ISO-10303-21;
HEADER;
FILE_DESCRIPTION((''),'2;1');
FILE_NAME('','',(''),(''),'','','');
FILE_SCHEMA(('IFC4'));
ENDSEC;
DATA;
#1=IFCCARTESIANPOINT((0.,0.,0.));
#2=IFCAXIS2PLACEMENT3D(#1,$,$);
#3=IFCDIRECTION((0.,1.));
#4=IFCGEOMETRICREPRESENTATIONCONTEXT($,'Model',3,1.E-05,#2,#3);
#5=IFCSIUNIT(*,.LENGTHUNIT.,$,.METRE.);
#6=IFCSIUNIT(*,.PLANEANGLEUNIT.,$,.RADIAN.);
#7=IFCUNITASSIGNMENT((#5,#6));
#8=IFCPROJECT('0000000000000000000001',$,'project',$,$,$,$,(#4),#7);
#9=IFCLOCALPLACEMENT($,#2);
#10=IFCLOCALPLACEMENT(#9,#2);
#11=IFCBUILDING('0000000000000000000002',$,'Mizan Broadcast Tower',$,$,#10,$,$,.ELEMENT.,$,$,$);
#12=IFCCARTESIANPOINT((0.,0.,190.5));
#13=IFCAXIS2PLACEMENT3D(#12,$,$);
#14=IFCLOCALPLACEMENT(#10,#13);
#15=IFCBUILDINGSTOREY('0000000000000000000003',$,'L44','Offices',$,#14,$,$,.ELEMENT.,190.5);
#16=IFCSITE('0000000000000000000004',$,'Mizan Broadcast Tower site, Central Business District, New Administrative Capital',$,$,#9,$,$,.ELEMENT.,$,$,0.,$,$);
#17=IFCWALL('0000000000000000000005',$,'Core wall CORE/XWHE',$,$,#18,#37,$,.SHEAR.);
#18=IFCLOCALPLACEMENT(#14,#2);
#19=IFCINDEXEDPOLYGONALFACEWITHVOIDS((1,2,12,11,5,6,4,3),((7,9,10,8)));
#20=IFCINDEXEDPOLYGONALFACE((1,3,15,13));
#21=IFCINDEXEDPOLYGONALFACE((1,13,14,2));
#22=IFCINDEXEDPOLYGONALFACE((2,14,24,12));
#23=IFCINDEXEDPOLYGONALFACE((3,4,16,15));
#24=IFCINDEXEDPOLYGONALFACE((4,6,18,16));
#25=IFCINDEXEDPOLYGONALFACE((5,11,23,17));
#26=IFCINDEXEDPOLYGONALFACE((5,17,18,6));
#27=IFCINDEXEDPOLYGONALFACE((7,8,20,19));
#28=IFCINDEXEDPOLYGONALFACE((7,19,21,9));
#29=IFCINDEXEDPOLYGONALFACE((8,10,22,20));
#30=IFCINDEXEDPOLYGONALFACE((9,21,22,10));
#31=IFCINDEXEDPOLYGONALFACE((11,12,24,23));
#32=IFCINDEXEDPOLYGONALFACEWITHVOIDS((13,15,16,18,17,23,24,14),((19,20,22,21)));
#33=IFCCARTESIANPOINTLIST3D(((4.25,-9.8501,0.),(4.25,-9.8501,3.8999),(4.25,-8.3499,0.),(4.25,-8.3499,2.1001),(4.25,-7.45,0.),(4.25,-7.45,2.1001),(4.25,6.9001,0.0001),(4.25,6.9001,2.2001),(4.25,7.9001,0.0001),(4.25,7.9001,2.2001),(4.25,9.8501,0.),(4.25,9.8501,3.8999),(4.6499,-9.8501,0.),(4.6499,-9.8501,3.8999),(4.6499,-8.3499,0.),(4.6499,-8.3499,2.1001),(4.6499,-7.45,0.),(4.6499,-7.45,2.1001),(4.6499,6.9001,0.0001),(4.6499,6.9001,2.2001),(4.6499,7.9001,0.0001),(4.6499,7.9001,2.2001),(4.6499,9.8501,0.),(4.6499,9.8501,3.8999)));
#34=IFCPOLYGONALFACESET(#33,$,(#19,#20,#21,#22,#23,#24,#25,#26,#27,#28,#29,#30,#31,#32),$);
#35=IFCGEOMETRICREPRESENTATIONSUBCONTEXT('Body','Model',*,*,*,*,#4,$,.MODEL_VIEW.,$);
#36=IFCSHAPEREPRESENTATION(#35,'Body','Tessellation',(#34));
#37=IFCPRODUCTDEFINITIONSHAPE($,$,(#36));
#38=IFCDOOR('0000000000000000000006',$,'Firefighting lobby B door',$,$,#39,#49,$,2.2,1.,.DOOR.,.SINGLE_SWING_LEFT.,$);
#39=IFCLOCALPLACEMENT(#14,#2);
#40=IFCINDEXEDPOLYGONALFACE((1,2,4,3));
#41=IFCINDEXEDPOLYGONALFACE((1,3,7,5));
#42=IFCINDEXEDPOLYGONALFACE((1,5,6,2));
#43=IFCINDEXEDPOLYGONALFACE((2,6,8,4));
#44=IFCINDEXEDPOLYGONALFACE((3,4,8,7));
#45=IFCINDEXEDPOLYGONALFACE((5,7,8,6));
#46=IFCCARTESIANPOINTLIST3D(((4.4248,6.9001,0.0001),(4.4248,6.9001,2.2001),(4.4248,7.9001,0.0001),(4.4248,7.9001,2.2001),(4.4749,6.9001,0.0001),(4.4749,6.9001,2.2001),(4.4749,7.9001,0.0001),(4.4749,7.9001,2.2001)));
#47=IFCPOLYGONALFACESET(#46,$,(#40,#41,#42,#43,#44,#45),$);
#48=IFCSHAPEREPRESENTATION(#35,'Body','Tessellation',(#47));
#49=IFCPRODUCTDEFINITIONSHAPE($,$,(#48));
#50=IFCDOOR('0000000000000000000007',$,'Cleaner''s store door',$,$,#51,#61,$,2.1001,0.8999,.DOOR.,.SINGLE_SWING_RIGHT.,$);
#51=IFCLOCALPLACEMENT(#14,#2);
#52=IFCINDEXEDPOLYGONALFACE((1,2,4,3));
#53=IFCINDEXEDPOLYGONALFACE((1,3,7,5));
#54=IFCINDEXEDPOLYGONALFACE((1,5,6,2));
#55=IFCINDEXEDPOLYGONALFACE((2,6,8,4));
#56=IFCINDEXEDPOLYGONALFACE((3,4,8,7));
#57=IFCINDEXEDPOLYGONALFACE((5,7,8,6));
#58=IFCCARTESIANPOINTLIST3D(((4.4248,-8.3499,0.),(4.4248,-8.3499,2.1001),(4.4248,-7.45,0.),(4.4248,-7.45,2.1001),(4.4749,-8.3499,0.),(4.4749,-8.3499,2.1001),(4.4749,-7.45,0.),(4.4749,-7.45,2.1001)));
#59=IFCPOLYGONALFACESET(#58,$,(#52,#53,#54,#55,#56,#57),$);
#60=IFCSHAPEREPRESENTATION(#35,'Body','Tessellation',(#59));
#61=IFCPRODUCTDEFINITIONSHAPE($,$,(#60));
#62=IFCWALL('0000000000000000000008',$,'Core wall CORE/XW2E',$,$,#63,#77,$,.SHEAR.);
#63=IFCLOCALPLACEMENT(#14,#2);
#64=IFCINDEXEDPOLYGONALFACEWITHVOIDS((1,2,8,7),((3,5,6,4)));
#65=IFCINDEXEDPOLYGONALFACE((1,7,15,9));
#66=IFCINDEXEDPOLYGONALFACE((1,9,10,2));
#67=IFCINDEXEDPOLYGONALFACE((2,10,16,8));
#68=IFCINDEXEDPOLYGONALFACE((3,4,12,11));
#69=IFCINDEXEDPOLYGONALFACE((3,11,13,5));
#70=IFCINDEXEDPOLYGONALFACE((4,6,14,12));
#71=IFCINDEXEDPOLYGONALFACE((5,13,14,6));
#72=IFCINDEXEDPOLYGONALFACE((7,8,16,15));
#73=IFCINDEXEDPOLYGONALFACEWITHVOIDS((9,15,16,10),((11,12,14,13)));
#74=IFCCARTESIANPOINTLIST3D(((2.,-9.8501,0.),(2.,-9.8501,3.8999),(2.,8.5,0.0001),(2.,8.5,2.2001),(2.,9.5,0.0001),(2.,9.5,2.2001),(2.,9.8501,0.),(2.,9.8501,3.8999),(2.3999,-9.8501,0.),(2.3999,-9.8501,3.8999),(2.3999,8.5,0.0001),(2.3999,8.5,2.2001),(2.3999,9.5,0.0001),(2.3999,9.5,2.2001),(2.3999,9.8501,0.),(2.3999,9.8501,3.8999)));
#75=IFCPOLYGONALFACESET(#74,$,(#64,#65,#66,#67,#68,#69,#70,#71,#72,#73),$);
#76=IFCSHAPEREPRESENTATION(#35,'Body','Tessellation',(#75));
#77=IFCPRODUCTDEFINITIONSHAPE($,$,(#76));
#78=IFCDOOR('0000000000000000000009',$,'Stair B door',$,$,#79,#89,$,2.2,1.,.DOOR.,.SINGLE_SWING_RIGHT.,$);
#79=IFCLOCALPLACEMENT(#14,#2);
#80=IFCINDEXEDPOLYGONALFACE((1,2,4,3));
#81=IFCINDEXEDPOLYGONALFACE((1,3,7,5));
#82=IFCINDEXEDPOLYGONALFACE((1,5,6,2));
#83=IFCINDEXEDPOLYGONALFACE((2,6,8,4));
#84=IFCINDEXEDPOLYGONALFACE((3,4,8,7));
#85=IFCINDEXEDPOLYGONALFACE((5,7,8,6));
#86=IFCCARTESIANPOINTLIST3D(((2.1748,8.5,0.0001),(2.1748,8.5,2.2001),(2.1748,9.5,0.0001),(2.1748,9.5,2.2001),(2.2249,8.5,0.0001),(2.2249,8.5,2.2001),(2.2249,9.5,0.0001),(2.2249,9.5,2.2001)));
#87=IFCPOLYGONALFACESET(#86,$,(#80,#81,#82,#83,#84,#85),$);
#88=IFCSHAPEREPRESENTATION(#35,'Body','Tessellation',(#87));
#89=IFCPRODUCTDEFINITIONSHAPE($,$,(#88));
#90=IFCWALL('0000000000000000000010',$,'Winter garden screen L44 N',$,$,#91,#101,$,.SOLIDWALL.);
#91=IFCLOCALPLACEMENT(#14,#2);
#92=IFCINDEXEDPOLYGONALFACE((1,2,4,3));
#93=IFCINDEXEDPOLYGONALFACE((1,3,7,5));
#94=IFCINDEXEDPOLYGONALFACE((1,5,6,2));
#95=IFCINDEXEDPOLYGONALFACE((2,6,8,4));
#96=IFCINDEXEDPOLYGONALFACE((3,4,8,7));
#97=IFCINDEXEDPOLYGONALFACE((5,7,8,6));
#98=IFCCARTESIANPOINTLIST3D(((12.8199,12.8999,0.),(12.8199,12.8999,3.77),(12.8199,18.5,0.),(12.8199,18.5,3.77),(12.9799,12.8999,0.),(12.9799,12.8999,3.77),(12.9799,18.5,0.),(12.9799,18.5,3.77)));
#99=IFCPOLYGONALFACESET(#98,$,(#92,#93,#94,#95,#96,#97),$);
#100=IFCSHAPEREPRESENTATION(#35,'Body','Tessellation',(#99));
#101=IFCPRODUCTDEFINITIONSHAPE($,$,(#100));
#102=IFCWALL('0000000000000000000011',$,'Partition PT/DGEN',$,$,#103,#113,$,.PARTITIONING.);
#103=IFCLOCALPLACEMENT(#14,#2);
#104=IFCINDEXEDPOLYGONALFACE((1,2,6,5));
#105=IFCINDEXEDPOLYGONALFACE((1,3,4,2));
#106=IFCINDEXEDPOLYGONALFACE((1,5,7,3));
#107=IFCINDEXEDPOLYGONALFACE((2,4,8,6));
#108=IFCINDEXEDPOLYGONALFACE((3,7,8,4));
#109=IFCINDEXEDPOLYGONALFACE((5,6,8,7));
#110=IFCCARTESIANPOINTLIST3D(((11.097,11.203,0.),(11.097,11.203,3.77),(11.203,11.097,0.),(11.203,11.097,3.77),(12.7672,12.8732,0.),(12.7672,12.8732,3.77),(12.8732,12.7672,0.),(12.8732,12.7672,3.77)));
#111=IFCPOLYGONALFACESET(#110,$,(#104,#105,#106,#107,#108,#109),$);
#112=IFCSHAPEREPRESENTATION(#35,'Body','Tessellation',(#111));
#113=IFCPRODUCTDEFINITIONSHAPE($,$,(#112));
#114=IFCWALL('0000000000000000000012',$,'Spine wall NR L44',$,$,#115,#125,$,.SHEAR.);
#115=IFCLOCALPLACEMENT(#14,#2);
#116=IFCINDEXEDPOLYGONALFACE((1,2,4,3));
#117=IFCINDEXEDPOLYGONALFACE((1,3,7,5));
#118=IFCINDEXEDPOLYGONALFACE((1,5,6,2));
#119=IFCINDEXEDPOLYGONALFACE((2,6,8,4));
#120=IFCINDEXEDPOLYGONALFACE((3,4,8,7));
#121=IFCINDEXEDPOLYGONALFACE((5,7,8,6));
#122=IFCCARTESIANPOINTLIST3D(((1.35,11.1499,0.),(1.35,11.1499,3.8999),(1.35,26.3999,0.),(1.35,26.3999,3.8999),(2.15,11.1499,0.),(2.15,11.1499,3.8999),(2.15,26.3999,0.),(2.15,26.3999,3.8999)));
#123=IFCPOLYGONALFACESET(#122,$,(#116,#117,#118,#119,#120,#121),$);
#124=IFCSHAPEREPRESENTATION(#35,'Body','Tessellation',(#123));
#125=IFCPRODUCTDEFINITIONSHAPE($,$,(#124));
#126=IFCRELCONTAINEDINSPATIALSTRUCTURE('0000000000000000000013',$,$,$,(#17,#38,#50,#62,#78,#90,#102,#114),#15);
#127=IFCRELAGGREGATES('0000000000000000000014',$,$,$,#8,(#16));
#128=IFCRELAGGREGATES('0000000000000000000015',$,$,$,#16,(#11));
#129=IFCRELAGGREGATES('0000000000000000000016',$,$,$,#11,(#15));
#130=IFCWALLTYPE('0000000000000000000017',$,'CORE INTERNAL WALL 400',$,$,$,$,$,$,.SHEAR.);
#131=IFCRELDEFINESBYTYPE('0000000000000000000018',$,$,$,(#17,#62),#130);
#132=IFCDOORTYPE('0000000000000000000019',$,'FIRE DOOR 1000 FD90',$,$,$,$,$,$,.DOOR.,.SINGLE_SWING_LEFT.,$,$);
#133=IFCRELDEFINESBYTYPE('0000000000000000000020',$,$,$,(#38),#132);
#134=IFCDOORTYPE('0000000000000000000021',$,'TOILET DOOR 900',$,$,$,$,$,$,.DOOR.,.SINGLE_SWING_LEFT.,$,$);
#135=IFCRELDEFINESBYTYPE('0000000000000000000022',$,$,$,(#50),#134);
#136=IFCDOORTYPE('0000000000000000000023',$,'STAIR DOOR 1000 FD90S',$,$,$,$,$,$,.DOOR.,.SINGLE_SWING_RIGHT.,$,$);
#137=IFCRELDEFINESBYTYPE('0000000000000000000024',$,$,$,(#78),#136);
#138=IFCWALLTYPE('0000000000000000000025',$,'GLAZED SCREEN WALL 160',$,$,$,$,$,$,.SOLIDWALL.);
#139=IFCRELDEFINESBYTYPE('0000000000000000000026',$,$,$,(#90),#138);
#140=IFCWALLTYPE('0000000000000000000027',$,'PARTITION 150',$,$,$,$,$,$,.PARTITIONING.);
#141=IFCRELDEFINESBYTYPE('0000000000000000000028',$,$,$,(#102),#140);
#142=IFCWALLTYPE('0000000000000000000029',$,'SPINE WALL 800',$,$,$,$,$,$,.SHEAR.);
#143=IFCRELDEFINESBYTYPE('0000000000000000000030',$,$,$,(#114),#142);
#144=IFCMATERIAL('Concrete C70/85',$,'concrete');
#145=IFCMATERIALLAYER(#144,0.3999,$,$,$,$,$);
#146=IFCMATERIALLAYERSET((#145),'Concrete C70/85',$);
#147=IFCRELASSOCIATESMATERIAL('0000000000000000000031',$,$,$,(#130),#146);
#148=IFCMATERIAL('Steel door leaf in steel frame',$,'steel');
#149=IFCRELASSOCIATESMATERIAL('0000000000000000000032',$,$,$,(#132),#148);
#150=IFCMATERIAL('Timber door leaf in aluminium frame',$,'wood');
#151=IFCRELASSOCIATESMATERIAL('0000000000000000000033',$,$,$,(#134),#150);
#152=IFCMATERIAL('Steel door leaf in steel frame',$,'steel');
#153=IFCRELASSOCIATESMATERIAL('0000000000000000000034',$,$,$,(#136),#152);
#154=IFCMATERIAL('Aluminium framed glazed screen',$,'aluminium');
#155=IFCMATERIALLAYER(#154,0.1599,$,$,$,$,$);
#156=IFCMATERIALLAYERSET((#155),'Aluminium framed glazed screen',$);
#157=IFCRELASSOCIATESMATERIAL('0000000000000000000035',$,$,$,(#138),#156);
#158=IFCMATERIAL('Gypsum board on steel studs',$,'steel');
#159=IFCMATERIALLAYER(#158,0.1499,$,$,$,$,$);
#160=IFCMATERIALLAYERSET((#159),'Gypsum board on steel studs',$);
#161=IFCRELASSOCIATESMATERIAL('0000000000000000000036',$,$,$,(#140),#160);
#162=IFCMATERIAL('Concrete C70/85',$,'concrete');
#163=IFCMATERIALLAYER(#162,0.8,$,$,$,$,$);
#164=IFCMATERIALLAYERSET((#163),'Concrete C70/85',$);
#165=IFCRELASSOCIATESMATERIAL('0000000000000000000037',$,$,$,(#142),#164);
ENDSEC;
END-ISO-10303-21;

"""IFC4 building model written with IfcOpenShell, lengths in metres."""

from ifc_helpers import new_model, si_unit, direction, frame, frame_2d, origin, place, context, subcontext, project, spatial, rectangle, extrude, material, layer, layer_set, type_object, element, fill, save


model = new_model("IFC4")

# Units and contexts
model_context = context("Model", 3, precision=1e-05, world=origin(), true_north=direction((0.0, 1.0)))
body_context = subcontext(model_context, "Body", "Model", "MODEL_VIEW")
ifc_project = project(units=[si_unit("LENGTHUNIT", "METRE"), si_unit("PLANEANGLEUNIT", "RADIAN")], contexts=[model_context])

# Site, building, storey
site_placement = place(None, origin())
site = spatial("IfcSite", under=ifc_project, at=site_placement, Name="Mizan Broadcast Tower site, Central Business District, New Administrative Capital", CompositionType="ELEMENT", RefElevation=0.0)
building_placement = place(site_placement, origin())
building = spatial("IfcBuilding", under=site, at=building_placement, Name="Mizan Broadcast Tower", CompositionType="ELEMENT")
storey_placement = place(building_placement, frame((0.0, 0.0, 190.5)))
storey = spatial("IfcBuildingStorey", under=building, at=storey_placement, Name="L44", Description="Offices", CompositionType="ELEMENT", Elevation=190.5)

# Wall, openings, doors
ifc_material_1 = material(Name="Concrete C70/85", Category="concrete")
ifc_layer_1 = layer(ifc_material_1, 0.3999)
ifc_layer_set_1 = layer_set([ifc_layer_1], Name="Concrete C70/85")
wall_type_1 = type_object("IfcWallType", Name="CORE INTERNAL WALL 400", PredefinedType="SHEAR", material=ifc_layer_set_1)
ifc_material_2 = material(Name="Steel door leaf in steel frame", Category="steel")
door_type_1 = type_object("IfcDoorType", Name="FIRE DOOR 1000 FD90", OperationType="SINGLE_SWING_LEFT", PredefinedType="DOOR", material=ifc_material_2)
ifc_material_3 = material(Name="Timber door leaf in aluminium frame", Category="wood")
door_type_2 = type_object("IfcDoorType", Name="TOILET DOOR 900", OperationType="SINGLE_SWING_LEFT", PredefinedType="DOOR", material=ifc_material_3)
wall_1_placement = place(storey_placement, frame((4.45, 9.8501, 0.0), z_axis=(0.0, 0.0, 1.0), x_axis=(0.0, -1.0, 0.0)))
wall_1 = element("IfcWall", 1, at=wall_1_placement, inside=storey, type_object=wall_type_1, Name="Core wall CORE/XWHE", PredefinedType="SHEAR", context=body_context, shape_type="SweptSolid", body=[
    extrude(rectangle(XDim=19.7002, YDim=0.3999, at=frame_2d((9.8501, 0.0))), origin(), (0.0, 0.0, 1.0), 3.8999),
])
opening_1_placement = place(wall_1_placement, frame((1.95, 0.0, 0.0)))
opening_1 = element("IfcOpeningElement", 2, at=opening_1_placement, cuts=wall_1, PredefinedType="OPENING", context=body_context, shape_type="SweptSolid", body=[
    extrude(rectangle(XDim=1.0, YDim=2.2, at=frame_2d((0.5, 1.1001))), frame((0.0, 0.21, 0.0), z_axis=(0.0, -1.0, 0.0), x_axis=(1.0, 0.0, 0.0)), (0.0, 0.0, 1.0), 0.4199),
])
opening_2_placement = place(wall_1_placement, frame((17.3, 0.0, 0.0)))
opening_2 = element("IfcOpeningElement", 3, at=opening_2_placement, cuts=wall_1, PredefinedType="OPENING", context=body_context, shape_type="SweptSolid", body=[
    extrude(rectangle(XDim=0.8999, YDim=2.1001, at=frame_2d((0.45, 1.05))), frame((0.0, 0.21, 0.0), z_axis=(0.0, -1.0, 0.0), x_axis=(1.0, 0.0, 0.0)), (0.0, 0.0, 1.0), 0.4199),
])
door_1_placement = place(opening_1_placement, origin())
door_1 = element("IfcDoor", 4, at=door_1_placement, inside=storey, type_object=door_type_1, Name="Firefighting lobby B door", OperationType="SINGLE_SWING_LEFT", OverallHeight=2.2, OverallWidth=1.0, PredefinedType="DOOR", context=body_context, shape_type="SweptSolid", body=[
    extrude(rectangle(XDim=1.0, YDim=2.2, at=frame_2d((0.5, 1.1001))), frame((0.0, 0.0249, 0.0), z_axis=(0.0, -1.0, 0.0), x_axis=(1.0, 0.0, 0.0)), (0.0, 0.0, 1.0), 0.05),
])
fill(opening_1, door_1)
door_2_placement = place(opening_2_placement, origin())
door_2 = element("IfcDoor", 5, at=door_2_placement, inside=storey, type_object=door_type_2, Name="Cleaner's store door", OperationType="SINGLE_SWING_RIGHT", OverallHeight=2.1001, OverallWidth=0.8999, PredefinedType="DOOR", context=body_context, shape_type="SweptSolid", body=[
    extrude(rectangle(XDim=0.8999, YDim=2.1001, at=frame_2d((0.45, 1.05))), frame((0.0, 0.0249, 0.0), z_axis=(0.0, -1.0, 0.0), x_axis=(1.0, 0.0, 0.0)), (0.0, 0.0, 1.0), 0.05),
])
fill(opening_2, door_2)

# Wall, opening, door
wall_2_placement = place(storey_placement, frame((2.2, 9.8501, 0.0), z_axis=(0.0, 0.0, 1.0), x_axis=(0.0, -1.0, 0.0)))
wall_2 = element("IfcWall", 6, at=wall_2_placement, inside=storey, type_object=wall_type_1, Name="Core wall CORE/XW2E", PredefinedType="SHEAR", context=body_context, shape_type="SweptSolid", body=[
    extrude(rectangle(XDim=19.7002, YDim=0.3999, at=frame_2d((9.8501, 0.0))), origin(), (0.0, 0.0, 1.0), 3.8999),
])
opening_3_placement = place(wall_2_placement, frame((0.3501, 0.0, 0.0)))
opening_3 = element("IfcOpeningElement", 7, at=opening_3_placement, cuts=wall_2, PredefinedType="OPENING", context=body_context, shape_type="SweptSolid", body=[
    extrude(rectangle(XDim=1.0, YDim=2.2, at=frame_2d((0.5, 1.1001))), frame((0.0, 0.21, 0.0), z_axis=(0.0, -1.0, 0.0), x_axis=(1.0, 0.0, 0.0)), (0.0, 0.0, 1.0), 0.4199),
])
ifc_material_4 = material(Name="Steel door leaf in steel frame", Category="steel")
door_type_3 = type_object("IfcDoorType", Name="STAIR DOOR 1000 FD90S", OperationType="SINGLE_SWING_RIGHT", PredefinedType="DOOR", material=ifc_material_4)
door_3_placement = place(opening_3_placement, origin())
door_3 = element("IfcDoor", 8, at=door_3_placement, inside=storey, type_object=door_type_3, Name="Stair B door", OperationType="SINGLE_SWING_RIGHT", OverallHeight=2.2, OverallWidth=1.0, PredefinedType="DOOR", context=body_context, shape_type="SweptSolid", body=[
    extrude(rectangle(XDim=1.0, YDim=2.2, at=frame_2d((0.5, 1.1001))), frame((0.0, 0.0249, 0.0), z_axis=(0.0, -1.0, 0.0), x_axis=(1.0, 0.0, 0.0)), (0.0, 0.0, 1.0), 0.05),
])
fill(opening_3, door_3)

# Walls
ifc_material_5 = material(Name="Aluminium framed glazed screen", Category="aluminium")
ifc_layer_2 = layer(ifc_material_5, 0.1599)
ifc_layer_set_2 = layer_set([ifc_layer_2], Name="Aluminium framed glazed screen")
wall_type_2 = type_object("IfcWallType", Name="GLAZED SCREEN WALL 160", PredefinedType="SOLIDWALL", material=ifc_layer_set_2)
wall_3_placement = place(storey_placement, frame((12.8999, 12.8999, 0.0), z_axis=(0.0, 0.0, 1.0), x_axis=(0.0, 1.0, 0.0)))
element("IfcWall", 9, at=wall_3_placement, inside=storey, type_object=wall_type_2, Name="Winter garden screen L44 N", PredefinedType="SOLIDWALL", context=body_context, shape_type="SweptSolid", body=[
    extrude(rectangle(XDim=5.6001, YDim=0.1599, at=frame_2d((2.8, 0.0))), origin(), (0.0, 0.0, 1.0), 3.77),
])
ifc_material_6 = material(Name="Gypsum board on steel studs", Category="steel")
ifc_layer_3 = layer(ifc_material_6, 0.1499)
ifc_layer_set_3 = layer_set([ifc_layer_3], Name="Gypsum board on steel studs")
wall_type_3 = type_object("IfcWallType", Name="PARTITION 150", PredefinedType="PARTITIONING", material=ifc_layer_set_3)
wall_4_placement = place(storey_placement, frame((11.1499, 11.1499, 0.0), z_axis=(0.0, 0.0, 1.0), x_axis=(0.707107, 0.707107, 0.0)))
element("IfcWall", 10, at=wall_4_placement, inside=storey, type_object=wall_type_3, Name="Partition PT/DGEN", PredefinedType="PARTITIONING", context=body_context, shape_type="SweptSolid", body=[
    extrude(rectangle(XDim=2.3621, YDim=0.1499, at=frame_2d((1.1812, 0.0))), origin(), (0.0, 0.0, 1.0), 3.77),
])
ifc_material_7 = material(Name="Concrete C70/85", Category="concrete")
ifc_layer_4 = layer(ifc_material_7, 0.8)
ifc_layer_set_4 = layer_set([ifc_layer_4], Name="Concrete C70/85")
wall_type_4 = type_object("IfcWallType", Name="SPINE WALL 800", PredefinedType="SHEAR", material=ifc_layer_set_4)
wall_5_placement = place(storey_placement, frame((1.75, 11.1499, 0.0), z_axis=(0.0, 0.0, 1.0), x_axis=(0.0, 1.0, 0.0)))
element("IfcWall", 11, at=wall_5_placement, inside=storey, type_object=wall_type_4, Name="Spine wall NR L44", PredefinedType="SHEAR", context=body_context, shape_type="SweptSolid", body=[
    extrude(rectangle(XDim=15.25, YDim=0.8, at=frame_2d((7.625, 0.0))), origin(), (0.0, 0.0, 1.0), 3.8999),
])

save(model, "model.ifc")
